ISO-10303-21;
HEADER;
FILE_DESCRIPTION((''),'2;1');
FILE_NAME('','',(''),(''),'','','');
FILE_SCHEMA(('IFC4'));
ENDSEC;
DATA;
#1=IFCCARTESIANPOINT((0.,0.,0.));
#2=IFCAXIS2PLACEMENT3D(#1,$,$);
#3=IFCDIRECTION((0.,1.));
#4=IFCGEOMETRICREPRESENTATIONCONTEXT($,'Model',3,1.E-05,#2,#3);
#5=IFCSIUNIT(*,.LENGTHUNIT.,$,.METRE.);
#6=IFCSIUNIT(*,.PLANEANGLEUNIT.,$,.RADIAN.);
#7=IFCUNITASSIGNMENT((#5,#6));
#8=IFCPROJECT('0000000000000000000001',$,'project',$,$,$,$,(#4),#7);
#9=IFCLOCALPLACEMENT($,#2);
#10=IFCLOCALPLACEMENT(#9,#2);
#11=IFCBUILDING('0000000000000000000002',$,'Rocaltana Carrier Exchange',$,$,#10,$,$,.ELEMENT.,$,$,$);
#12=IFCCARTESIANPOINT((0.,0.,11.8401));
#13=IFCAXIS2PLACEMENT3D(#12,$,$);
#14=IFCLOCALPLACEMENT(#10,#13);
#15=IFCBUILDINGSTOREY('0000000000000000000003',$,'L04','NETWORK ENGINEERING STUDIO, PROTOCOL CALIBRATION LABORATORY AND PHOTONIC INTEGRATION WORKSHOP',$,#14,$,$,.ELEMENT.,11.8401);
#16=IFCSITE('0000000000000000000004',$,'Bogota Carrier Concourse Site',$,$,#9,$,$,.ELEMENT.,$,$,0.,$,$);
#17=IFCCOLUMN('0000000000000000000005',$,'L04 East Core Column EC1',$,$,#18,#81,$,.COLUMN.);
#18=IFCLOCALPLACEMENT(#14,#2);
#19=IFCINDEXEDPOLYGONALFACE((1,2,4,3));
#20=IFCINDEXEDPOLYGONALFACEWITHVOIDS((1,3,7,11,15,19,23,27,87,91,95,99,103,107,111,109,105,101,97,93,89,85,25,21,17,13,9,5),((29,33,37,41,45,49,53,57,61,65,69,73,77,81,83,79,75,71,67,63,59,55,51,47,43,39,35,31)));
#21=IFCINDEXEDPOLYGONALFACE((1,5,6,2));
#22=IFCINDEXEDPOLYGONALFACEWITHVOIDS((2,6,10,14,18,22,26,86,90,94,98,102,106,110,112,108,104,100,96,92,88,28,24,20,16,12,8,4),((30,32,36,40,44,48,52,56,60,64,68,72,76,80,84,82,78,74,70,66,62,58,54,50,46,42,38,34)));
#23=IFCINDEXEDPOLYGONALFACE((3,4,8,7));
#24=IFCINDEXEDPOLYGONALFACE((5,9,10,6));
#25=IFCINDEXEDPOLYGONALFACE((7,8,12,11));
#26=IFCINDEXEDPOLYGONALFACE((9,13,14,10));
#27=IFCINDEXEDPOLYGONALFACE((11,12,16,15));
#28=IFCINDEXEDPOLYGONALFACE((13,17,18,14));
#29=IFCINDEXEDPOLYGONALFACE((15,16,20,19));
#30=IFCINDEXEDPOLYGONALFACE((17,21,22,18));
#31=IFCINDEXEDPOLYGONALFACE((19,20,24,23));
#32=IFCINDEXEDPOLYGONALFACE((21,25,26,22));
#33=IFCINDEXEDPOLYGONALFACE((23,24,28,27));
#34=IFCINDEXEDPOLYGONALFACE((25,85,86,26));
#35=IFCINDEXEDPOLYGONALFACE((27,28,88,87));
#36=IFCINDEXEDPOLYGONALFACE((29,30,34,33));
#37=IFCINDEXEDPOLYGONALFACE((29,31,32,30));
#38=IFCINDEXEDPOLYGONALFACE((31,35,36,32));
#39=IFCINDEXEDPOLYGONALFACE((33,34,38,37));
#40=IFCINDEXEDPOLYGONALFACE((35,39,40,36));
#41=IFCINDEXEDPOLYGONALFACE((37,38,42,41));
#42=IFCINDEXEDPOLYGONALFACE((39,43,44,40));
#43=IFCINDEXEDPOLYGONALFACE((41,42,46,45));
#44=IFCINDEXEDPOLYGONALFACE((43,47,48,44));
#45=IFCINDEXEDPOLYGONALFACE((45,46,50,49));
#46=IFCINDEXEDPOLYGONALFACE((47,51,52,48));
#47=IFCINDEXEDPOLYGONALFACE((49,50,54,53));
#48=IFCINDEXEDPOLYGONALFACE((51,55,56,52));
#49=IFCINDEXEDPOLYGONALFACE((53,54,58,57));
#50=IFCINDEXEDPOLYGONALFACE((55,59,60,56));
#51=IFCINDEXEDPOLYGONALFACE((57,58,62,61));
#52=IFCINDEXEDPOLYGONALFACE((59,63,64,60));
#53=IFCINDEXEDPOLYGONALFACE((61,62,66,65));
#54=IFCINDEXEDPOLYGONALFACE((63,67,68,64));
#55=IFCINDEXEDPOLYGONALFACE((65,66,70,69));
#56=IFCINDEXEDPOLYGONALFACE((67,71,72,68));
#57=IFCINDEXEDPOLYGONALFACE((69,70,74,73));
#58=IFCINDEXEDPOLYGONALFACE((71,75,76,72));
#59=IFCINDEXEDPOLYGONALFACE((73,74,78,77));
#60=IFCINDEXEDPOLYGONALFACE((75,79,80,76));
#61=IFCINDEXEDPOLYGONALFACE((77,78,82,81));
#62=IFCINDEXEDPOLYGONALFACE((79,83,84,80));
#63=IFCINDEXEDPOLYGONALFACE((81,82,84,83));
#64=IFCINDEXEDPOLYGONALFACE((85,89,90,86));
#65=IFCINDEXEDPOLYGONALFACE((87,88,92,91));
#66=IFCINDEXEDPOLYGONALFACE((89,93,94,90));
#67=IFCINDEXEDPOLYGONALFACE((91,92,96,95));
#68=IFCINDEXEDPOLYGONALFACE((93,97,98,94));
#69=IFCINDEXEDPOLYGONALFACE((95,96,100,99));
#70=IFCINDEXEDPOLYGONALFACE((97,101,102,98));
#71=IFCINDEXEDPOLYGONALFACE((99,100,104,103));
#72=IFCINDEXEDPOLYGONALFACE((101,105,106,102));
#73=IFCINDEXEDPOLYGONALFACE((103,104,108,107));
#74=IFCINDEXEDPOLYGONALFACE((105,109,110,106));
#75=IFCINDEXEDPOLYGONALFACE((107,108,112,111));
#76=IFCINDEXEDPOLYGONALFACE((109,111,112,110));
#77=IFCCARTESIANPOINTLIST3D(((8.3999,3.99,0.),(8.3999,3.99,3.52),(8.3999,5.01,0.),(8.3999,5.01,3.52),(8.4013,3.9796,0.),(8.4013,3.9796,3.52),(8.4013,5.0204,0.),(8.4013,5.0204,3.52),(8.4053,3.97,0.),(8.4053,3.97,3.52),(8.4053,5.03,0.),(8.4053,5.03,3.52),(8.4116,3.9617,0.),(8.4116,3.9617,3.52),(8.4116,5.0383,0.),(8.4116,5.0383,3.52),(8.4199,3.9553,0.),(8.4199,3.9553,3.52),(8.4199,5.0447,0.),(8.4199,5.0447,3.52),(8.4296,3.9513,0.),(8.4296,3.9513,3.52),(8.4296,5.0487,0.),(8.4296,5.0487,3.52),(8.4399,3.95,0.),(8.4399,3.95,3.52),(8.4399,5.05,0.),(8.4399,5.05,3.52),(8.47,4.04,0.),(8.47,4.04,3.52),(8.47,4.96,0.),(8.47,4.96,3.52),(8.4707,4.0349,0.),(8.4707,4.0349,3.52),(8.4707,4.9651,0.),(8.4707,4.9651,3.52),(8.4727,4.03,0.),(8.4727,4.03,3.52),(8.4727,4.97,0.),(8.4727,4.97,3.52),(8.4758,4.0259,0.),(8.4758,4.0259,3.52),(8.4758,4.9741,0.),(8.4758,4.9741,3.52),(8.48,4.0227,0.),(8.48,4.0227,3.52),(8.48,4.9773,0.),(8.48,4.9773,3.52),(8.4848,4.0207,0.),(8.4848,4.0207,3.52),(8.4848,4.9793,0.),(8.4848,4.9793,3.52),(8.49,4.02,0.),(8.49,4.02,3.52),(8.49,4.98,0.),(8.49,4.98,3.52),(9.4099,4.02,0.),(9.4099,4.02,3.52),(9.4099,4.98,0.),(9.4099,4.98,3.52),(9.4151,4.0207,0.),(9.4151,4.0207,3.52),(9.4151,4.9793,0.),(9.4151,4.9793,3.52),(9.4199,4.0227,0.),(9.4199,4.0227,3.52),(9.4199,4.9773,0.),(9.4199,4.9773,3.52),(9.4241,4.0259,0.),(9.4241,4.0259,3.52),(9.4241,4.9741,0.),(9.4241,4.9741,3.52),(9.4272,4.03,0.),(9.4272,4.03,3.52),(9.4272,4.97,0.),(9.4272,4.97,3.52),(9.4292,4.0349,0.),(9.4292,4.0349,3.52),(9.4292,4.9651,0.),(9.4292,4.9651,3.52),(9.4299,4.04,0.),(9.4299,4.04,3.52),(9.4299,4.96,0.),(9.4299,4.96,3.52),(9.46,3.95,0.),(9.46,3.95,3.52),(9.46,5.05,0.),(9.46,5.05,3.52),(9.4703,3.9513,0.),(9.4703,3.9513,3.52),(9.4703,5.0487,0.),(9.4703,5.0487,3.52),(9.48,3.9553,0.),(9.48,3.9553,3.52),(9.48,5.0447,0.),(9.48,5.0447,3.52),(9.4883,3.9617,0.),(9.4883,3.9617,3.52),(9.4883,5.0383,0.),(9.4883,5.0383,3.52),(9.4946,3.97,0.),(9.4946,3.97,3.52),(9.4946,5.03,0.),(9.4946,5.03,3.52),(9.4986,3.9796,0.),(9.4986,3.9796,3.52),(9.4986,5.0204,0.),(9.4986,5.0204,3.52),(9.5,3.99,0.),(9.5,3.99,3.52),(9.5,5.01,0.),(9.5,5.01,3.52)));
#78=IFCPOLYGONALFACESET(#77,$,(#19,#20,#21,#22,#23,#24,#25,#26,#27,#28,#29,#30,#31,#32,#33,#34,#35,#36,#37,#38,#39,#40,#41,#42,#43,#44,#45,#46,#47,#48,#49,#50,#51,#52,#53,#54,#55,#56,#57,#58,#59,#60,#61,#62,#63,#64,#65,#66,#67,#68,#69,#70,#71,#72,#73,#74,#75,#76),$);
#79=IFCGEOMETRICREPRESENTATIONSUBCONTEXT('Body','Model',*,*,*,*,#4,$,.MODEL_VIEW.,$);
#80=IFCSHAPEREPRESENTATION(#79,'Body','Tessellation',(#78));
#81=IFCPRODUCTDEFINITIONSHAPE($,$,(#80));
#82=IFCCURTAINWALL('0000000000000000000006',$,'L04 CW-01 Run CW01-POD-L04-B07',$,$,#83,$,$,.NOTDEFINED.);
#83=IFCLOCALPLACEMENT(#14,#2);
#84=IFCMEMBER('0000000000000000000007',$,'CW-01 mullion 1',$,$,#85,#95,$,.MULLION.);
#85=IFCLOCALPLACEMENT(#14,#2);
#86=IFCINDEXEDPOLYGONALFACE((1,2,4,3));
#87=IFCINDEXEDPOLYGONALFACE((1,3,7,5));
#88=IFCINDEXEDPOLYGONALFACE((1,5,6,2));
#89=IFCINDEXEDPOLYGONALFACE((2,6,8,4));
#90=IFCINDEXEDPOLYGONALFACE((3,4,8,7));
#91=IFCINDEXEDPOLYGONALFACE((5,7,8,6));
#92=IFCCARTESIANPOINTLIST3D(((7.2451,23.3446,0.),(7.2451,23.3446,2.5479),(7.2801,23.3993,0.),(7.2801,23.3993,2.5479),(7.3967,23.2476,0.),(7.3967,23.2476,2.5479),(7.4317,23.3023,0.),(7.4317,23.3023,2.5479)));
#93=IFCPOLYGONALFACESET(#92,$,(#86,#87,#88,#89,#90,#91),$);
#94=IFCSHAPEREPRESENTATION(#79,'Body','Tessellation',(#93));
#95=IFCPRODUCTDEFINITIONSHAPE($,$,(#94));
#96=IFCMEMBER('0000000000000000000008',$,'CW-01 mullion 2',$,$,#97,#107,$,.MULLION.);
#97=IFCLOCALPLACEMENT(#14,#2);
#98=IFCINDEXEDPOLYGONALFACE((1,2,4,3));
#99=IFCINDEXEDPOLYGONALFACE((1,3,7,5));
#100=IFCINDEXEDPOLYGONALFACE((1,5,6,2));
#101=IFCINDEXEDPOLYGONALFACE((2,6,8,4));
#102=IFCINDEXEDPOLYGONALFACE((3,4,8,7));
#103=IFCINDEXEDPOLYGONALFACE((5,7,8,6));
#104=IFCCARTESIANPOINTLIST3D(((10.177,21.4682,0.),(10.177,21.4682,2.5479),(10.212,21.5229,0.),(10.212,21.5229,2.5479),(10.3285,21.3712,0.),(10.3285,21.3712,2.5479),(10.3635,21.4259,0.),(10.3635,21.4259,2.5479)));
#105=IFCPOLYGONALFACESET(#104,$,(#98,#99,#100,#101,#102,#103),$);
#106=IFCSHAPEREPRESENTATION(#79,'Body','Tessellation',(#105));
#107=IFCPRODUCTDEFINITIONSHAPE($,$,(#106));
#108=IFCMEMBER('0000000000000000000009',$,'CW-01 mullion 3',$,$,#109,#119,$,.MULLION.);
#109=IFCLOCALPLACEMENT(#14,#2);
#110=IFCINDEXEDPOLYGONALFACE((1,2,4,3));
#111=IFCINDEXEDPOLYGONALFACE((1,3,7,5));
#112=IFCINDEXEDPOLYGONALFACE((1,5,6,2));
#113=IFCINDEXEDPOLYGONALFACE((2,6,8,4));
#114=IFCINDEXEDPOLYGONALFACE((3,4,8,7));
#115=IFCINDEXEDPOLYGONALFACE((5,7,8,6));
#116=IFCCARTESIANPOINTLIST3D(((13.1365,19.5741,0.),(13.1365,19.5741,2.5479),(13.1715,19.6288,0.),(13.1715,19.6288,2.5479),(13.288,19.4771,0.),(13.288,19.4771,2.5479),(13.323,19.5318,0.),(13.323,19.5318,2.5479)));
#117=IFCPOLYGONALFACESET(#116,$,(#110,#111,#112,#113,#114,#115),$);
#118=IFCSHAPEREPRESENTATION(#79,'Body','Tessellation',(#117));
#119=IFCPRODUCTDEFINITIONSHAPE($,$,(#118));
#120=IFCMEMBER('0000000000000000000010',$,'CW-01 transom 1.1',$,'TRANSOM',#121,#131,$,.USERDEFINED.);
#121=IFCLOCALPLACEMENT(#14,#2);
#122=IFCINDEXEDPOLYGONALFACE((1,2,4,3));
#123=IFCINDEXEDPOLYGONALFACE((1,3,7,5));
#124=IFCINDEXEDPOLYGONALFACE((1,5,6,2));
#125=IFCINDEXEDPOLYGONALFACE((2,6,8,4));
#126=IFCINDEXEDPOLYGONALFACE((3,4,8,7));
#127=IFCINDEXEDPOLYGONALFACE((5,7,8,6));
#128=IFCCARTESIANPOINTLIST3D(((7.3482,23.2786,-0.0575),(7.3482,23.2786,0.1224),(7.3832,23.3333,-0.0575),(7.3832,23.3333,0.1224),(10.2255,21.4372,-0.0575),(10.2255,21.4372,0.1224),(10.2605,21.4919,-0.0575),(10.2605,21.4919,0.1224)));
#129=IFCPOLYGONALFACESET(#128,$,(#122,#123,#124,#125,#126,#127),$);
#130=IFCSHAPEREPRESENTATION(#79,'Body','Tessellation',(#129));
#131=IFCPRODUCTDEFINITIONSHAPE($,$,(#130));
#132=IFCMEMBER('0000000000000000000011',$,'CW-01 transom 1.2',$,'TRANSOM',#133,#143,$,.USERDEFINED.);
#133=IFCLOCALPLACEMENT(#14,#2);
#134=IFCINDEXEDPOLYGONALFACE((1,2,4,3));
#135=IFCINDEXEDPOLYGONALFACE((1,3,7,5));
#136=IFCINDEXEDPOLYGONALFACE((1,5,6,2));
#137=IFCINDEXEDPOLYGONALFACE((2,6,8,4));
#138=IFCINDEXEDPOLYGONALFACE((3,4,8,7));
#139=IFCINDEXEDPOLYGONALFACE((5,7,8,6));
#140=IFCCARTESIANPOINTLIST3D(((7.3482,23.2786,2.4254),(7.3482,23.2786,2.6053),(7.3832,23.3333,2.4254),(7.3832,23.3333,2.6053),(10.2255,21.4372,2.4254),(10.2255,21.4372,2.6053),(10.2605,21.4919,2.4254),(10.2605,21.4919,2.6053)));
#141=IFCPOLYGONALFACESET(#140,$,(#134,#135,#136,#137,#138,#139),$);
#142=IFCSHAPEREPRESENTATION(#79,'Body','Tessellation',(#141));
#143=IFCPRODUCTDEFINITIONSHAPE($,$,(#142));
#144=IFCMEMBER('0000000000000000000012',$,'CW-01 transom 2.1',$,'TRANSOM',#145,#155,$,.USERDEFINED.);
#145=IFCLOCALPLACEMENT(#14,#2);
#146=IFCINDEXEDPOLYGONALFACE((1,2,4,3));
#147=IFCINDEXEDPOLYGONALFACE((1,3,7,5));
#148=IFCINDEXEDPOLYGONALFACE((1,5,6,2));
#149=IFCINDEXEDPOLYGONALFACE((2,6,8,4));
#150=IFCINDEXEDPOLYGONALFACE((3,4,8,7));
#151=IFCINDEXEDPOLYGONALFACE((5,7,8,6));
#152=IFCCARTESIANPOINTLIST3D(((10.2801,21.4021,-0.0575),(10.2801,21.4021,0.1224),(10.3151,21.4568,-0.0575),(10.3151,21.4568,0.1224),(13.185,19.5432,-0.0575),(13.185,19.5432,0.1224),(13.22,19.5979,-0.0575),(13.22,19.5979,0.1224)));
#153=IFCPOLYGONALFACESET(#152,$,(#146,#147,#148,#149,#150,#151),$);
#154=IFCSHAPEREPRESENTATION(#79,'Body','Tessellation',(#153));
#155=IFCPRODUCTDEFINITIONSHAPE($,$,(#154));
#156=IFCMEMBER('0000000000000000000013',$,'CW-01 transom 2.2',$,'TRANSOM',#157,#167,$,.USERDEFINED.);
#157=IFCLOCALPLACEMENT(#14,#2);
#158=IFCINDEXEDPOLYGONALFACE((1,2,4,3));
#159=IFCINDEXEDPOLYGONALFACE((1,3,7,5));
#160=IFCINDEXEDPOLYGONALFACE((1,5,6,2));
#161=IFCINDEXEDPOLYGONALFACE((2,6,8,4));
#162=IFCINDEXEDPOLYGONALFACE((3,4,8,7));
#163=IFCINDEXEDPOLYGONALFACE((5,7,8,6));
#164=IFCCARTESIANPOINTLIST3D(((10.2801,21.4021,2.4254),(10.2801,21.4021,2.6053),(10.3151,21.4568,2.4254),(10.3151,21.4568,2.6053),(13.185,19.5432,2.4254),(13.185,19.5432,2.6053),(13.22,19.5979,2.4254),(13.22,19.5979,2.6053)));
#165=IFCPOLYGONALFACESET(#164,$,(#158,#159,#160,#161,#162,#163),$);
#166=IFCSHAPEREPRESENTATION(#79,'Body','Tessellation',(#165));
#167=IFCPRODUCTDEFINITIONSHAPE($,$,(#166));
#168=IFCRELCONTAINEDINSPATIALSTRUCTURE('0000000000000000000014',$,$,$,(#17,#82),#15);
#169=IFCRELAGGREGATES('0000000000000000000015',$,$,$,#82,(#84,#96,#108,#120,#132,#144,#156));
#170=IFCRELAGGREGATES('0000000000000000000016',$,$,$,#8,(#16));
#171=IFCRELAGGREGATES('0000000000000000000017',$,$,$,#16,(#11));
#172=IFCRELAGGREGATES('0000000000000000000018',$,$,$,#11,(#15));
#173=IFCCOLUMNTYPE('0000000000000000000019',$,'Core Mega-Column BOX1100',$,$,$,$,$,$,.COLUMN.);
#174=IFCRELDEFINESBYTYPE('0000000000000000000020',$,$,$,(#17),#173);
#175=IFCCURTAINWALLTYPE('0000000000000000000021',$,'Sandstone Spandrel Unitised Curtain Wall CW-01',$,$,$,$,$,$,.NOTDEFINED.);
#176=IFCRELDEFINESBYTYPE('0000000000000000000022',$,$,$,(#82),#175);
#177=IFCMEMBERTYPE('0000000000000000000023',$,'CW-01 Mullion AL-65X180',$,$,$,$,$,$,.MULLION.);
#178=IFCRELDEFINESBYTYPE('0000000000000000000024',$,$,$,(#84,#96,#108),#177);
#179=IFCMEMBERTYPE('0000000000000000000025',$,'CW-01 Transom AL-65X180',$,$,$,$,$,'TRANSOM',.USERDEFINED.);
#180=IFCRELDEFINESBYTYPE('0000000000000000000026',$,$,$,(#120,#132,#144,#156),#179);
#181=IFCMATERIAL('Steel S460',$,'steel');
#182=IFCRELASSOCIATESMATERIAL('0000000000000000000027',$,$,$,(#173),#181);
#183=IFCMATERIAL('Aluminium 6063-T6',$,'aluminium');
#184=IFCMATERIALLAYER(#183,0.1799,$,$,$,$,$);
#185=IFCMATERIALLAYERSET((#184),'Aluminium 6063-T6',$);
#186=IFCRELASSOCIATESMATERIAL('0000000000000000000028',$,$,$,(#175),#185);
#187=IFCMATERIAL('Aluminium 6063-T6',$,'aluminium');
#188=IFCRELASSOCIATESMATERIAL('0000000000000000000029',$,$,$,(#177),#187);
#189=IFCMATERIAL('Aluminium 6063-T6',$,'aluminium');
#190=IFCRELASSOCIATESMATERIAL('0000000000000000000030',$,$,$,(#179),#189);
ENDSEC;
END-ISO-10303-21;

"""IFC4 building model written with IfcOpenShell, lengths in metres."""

from ifc_helpers import new_model, si_unit, direction, frame, origin, origin_2d, place, context, subcontext, project, spatial, rectangle, hollow_rectangle, extrude, material, layer, layer_set, material_profile, profile_set, type_object, element, aggregate, save


model = new_model("IFC4")

# Units and contexts
model_context = context("Model", 3, precision=1e-05, world=origin(), true_north=direction((0.0, 1.0)))
body_context = subcontext(model_context, "Body", "Model", "MODEL_VIEW")
ifc_project = project(units=[si_unit("LENGTHUNIT", "METRE"), si_unit("PLANEANGLEUNIT", "RADIAN")], contexts=[model_context])

# Site, building, storey
site_placement = place(None, origin())
site = spatial("IfcSite", under=ifc_project, at=site_placement, Name="Bogota Carrier Concourse Site", CompositionType="ELEMENT", RefElevation=0.0)
building_placement = place(site_placement, origin())
building = spatial("IfcBuilding", under=site, at=building_placement, Name="Rocaltana Carrier Exchange", CompositionType="ELEMENT")
storey_placement = place(building_placement, frame((0.0, 0.0, 11.8401)))
storey = spatial("IfcBuildingStorey", under=building, at=storey_placement, Name="L04", Description="NETWORK ENGINEERING STUDIO, PROTOCOL CALIBRATION LABORATORY AND PHOTONIC INTEGRATION WORKSHOP", CompositionType="ELEMENT", Elevation=11.8401)

# Column
ifc_material_1 = material(Name="Steel S460", Category="steel")
ifc_material_profile_1 = material_profile(ifc_material_1, hollow_rectangle(XDim=1.1001, YDim=1.1001, WallThickness=0.0701, InnerFilletRadius=0.02, OuterFilletRadius=0.04, at=origin_2d()), Name="BOX1100X1100X70")
ifc_profile_set_1 = profile_set([ifc_material_profile_1], Name="Steel S460")
column_type = type_object("IfcColumnType", Name="Core Mega-Column BOX1100", PredefinedType="COLUMN", material=ifc_profile_set_1)
column_placement = place(storey_placement, frame((8.95, 4.5, 0.0), z_axis=(0.0, 0.0, 1.0), x_axis=(1.0, 0.0, 0.0)))
element("IfcColumn", 1, at=column_placement, inside=storey, type_object=column_type, Name="L04 East Core Column EC1", PredefinedType="COLUMN", context=body_context, shape_type="SweptSolid", body=[
    extrude(hollow_rectangle(XDim=1.1001, YDim=1.1001, WallThickness=0.0701, InnerFilletRadius=0.02, OuterFilletRadius=0.04, at=origin_2d()), origin(), (0.0, 0.0, 1.0), 3.52),
])

# Curtain wall, members
ifc_material_2 = material(Name="Aluminium 6063-T6", Category="aluminium")
ifc_layer_1 = layer(ifc_material_2, 0.1799)
ifc_layer_set_1 = layer_set([ifc_layer_1], Name="Aluminium 6063-T6")
curtain_wall_type = type_object("IfcCurtainWallType", Name="Sandstone Spandrel Unitised Curtain Wall CW-01", PredefinedType="NOTDEFINED", material=ifc_layer_set_1)
curtain_wall_placement = place(storey_placement, origin())
curtain_wall = element("IfcCurtainWall", 2, at=curtain_wall_placement, inside=storey, type_object=curtain_wall_type, Name="L04 CW-01 Run CW01-POD-L04-B07", PredefinedType="NOTDEFINED")
ifc_material_3 = material(Name="Aluminium 6063-T6", Category="aluminium")
ifc_material_profile_2 = material_profile(ifc_material_3, rectangle(XDim=0.0649, YDim=0.1799, at=origin_2d()), Name="AL-65X180")
ifc_profile_set_2 = profile_set([ifc_material_profile_2], Name="Aluminium 6063-T6")
member_type_1 = type_object("IfcMemberType", Name="CW-01 Mullion AL-65X180", PredefinedType="MULLION", material=ifc_profile_set_2)
member_1_placement = place(storey_placement, frame((7.3384, 23.3235, 0.0), z_axis=(0.0, 0.0, 1.0), x_axis=(0.53905, 0.842273, 0.0)))
member_1 = element("IfcMember", 3, at=member_1_placement, type_object=member_type_1, Name="CW-01 mullion 1", PredefinedType="MULLION", context=body_context, shape_type="SweptSolid", body=[
    extrude(rectangle(XDim=0.0649, YDim=0.1799, at=origin_2d()), origin(), (0.0, 0.0, 1.0), 2.5479),
])
member_2_placement = place(storey_placement, frame((10.2703, 21.447, 0.0), z_axis=(0.0, 0.0, 1.0), x_axis=(0.53905, 0.842273, 0.0)))
member_2 = element("IfcMember", 4, at=member_2_placement, type_object=member_type_1, Name="CW-01 mullion 2", PredefinedType="MULLION", context=body_context, shape_type="SweptSolid", body=[
    extrude(rectangle(XDim=0.0649, YDim=0.1799, at=origin_2d()), origin(), (0.0, 0.0, 1.0), 2.5479),
])
member_3_placement = place(storey_placement, frame((13.2297, 19.553, 0.0), z_axis=(0.0, 0.0, 1.0), x_axis=(0.53905, 0.842273, 0.0)))
member_3 = element("IfcMember", 5, at=member_3_placement, type_object=member_type_1, Name="CW-01 mullion 3", PredefinedType="MULLION", context=body_context, shape_type="SweptSolid", body=[
    extrude(rectangle(XDim=0.0649, YDim=0.1799, at=origin_2d()), origin(), (0.0, 0.0, 1.0), 2.5479),
])
ifc_material_4 = material(Name="Aluminium 6063-T6", Category="aluminium")
ifc_material_profile_3 = material_profile(ifc_material_4, rectangle(XDim=0.0649, YDim=0.1799, at=origin_2d()), Name="AL-65X180")
ifc_profile_set_3 = profile_set([ifc_material_profile_3], Name="Aluminium 6063-T6")
member_type_2 = type_object("IfcMemberType", Name="CW-01 Transom AL-65X180", ElementType="TRANSOM", PredefinedType="USERDEFINED", material=ifc_profile_set_3)
member_4_placement = place(storey_placement, frame((7.3657, 23.3059, 0.0325), z_axis=(0.842284, -0.539033, 0.0), x_axis=(0.539033, 0.842284, 0.0)))
member_4 = element("IfcMember", 6, at=member_4_placement, type_object=member_type_2, Name="CW-01 transom 1.1", ObjectType="TRANSOM", PredefinedType="USERDEFINED", context=body_context, shape_type="SweptSolid", body=[
    extrude(rectangle(XDim=0.0649, YDim=0.1799, at=origin_2d()), origin(), (0.0, 0.0, 1.0), 3.416),
])
member_5_placement = place(storey_placement, frame((7.3657, 23.3059, 2.5154), z_axis=(0.842284, -0.539033, 0.0), x_axis=(0.539033, 0.842284, 0.0)))
member_5 = element("IfcMember", 7, at=member_5_placement, type_object=member_type_2, Name="CW-01 transom 1.2", ObjectType="TRANSOM", PredefinedType="USERDEFINED", context=body_context, shape_type="SweptSolid", body=[
    extrude(rectangle(XDim=0.0649, YDim=0.1799, at=origin_2d()), origin(), (0.0, 0.0, 1.0), 3.416),
])
member_6_placement = place(storey_placement, frame((10.2976, 21.4294, 0.0325), z_axis=(0.842295, -0.539018, 0.0), x_axis=(0.539018, 0.842295, 0.0)))
member_6 = element("IfcMember", 8, at=member_6_placement, type_object=member_type_2, Name="CW-01 transom 2.1", ObjectType="TRANSOM", PredefinedType="USERDEFINED", context=body_context, shape_type="SweptSolid", body=[
    extrude(rectangle(XDim=0.0649, YDim=0.1799, at=origin_2d()), origin(), (0.0, 0.0, 1.0), 3.4487),
])
member_7_placement = place(storey_placement, frame((10.2976, 21.4294, 2.5154), z_axis=(0.842295, -0.539018, 0.0), x_axis=(0.539018, 0.842295, 0.0)))
member_7 = element("IfcMember", 9, at=member_7_placement, type_object=member_type_2, Name="CW-01 transom 2.2", ObjectType="TRANSOM", PredefinedType="USERDEFINED", context=body_context, shape_type="SweptSolid", body=[
    extrude(rectangle(XDim=0.0649, YDim=0.1799, at=origin_2d()), origin(), (0.0, 0.0, 1.0), 3.4487),
])

aggregate(curtain_wall, [member_1, member_2, member_3, member_4, member_5, member_6, member_7])

save(model, "model.ifc")
